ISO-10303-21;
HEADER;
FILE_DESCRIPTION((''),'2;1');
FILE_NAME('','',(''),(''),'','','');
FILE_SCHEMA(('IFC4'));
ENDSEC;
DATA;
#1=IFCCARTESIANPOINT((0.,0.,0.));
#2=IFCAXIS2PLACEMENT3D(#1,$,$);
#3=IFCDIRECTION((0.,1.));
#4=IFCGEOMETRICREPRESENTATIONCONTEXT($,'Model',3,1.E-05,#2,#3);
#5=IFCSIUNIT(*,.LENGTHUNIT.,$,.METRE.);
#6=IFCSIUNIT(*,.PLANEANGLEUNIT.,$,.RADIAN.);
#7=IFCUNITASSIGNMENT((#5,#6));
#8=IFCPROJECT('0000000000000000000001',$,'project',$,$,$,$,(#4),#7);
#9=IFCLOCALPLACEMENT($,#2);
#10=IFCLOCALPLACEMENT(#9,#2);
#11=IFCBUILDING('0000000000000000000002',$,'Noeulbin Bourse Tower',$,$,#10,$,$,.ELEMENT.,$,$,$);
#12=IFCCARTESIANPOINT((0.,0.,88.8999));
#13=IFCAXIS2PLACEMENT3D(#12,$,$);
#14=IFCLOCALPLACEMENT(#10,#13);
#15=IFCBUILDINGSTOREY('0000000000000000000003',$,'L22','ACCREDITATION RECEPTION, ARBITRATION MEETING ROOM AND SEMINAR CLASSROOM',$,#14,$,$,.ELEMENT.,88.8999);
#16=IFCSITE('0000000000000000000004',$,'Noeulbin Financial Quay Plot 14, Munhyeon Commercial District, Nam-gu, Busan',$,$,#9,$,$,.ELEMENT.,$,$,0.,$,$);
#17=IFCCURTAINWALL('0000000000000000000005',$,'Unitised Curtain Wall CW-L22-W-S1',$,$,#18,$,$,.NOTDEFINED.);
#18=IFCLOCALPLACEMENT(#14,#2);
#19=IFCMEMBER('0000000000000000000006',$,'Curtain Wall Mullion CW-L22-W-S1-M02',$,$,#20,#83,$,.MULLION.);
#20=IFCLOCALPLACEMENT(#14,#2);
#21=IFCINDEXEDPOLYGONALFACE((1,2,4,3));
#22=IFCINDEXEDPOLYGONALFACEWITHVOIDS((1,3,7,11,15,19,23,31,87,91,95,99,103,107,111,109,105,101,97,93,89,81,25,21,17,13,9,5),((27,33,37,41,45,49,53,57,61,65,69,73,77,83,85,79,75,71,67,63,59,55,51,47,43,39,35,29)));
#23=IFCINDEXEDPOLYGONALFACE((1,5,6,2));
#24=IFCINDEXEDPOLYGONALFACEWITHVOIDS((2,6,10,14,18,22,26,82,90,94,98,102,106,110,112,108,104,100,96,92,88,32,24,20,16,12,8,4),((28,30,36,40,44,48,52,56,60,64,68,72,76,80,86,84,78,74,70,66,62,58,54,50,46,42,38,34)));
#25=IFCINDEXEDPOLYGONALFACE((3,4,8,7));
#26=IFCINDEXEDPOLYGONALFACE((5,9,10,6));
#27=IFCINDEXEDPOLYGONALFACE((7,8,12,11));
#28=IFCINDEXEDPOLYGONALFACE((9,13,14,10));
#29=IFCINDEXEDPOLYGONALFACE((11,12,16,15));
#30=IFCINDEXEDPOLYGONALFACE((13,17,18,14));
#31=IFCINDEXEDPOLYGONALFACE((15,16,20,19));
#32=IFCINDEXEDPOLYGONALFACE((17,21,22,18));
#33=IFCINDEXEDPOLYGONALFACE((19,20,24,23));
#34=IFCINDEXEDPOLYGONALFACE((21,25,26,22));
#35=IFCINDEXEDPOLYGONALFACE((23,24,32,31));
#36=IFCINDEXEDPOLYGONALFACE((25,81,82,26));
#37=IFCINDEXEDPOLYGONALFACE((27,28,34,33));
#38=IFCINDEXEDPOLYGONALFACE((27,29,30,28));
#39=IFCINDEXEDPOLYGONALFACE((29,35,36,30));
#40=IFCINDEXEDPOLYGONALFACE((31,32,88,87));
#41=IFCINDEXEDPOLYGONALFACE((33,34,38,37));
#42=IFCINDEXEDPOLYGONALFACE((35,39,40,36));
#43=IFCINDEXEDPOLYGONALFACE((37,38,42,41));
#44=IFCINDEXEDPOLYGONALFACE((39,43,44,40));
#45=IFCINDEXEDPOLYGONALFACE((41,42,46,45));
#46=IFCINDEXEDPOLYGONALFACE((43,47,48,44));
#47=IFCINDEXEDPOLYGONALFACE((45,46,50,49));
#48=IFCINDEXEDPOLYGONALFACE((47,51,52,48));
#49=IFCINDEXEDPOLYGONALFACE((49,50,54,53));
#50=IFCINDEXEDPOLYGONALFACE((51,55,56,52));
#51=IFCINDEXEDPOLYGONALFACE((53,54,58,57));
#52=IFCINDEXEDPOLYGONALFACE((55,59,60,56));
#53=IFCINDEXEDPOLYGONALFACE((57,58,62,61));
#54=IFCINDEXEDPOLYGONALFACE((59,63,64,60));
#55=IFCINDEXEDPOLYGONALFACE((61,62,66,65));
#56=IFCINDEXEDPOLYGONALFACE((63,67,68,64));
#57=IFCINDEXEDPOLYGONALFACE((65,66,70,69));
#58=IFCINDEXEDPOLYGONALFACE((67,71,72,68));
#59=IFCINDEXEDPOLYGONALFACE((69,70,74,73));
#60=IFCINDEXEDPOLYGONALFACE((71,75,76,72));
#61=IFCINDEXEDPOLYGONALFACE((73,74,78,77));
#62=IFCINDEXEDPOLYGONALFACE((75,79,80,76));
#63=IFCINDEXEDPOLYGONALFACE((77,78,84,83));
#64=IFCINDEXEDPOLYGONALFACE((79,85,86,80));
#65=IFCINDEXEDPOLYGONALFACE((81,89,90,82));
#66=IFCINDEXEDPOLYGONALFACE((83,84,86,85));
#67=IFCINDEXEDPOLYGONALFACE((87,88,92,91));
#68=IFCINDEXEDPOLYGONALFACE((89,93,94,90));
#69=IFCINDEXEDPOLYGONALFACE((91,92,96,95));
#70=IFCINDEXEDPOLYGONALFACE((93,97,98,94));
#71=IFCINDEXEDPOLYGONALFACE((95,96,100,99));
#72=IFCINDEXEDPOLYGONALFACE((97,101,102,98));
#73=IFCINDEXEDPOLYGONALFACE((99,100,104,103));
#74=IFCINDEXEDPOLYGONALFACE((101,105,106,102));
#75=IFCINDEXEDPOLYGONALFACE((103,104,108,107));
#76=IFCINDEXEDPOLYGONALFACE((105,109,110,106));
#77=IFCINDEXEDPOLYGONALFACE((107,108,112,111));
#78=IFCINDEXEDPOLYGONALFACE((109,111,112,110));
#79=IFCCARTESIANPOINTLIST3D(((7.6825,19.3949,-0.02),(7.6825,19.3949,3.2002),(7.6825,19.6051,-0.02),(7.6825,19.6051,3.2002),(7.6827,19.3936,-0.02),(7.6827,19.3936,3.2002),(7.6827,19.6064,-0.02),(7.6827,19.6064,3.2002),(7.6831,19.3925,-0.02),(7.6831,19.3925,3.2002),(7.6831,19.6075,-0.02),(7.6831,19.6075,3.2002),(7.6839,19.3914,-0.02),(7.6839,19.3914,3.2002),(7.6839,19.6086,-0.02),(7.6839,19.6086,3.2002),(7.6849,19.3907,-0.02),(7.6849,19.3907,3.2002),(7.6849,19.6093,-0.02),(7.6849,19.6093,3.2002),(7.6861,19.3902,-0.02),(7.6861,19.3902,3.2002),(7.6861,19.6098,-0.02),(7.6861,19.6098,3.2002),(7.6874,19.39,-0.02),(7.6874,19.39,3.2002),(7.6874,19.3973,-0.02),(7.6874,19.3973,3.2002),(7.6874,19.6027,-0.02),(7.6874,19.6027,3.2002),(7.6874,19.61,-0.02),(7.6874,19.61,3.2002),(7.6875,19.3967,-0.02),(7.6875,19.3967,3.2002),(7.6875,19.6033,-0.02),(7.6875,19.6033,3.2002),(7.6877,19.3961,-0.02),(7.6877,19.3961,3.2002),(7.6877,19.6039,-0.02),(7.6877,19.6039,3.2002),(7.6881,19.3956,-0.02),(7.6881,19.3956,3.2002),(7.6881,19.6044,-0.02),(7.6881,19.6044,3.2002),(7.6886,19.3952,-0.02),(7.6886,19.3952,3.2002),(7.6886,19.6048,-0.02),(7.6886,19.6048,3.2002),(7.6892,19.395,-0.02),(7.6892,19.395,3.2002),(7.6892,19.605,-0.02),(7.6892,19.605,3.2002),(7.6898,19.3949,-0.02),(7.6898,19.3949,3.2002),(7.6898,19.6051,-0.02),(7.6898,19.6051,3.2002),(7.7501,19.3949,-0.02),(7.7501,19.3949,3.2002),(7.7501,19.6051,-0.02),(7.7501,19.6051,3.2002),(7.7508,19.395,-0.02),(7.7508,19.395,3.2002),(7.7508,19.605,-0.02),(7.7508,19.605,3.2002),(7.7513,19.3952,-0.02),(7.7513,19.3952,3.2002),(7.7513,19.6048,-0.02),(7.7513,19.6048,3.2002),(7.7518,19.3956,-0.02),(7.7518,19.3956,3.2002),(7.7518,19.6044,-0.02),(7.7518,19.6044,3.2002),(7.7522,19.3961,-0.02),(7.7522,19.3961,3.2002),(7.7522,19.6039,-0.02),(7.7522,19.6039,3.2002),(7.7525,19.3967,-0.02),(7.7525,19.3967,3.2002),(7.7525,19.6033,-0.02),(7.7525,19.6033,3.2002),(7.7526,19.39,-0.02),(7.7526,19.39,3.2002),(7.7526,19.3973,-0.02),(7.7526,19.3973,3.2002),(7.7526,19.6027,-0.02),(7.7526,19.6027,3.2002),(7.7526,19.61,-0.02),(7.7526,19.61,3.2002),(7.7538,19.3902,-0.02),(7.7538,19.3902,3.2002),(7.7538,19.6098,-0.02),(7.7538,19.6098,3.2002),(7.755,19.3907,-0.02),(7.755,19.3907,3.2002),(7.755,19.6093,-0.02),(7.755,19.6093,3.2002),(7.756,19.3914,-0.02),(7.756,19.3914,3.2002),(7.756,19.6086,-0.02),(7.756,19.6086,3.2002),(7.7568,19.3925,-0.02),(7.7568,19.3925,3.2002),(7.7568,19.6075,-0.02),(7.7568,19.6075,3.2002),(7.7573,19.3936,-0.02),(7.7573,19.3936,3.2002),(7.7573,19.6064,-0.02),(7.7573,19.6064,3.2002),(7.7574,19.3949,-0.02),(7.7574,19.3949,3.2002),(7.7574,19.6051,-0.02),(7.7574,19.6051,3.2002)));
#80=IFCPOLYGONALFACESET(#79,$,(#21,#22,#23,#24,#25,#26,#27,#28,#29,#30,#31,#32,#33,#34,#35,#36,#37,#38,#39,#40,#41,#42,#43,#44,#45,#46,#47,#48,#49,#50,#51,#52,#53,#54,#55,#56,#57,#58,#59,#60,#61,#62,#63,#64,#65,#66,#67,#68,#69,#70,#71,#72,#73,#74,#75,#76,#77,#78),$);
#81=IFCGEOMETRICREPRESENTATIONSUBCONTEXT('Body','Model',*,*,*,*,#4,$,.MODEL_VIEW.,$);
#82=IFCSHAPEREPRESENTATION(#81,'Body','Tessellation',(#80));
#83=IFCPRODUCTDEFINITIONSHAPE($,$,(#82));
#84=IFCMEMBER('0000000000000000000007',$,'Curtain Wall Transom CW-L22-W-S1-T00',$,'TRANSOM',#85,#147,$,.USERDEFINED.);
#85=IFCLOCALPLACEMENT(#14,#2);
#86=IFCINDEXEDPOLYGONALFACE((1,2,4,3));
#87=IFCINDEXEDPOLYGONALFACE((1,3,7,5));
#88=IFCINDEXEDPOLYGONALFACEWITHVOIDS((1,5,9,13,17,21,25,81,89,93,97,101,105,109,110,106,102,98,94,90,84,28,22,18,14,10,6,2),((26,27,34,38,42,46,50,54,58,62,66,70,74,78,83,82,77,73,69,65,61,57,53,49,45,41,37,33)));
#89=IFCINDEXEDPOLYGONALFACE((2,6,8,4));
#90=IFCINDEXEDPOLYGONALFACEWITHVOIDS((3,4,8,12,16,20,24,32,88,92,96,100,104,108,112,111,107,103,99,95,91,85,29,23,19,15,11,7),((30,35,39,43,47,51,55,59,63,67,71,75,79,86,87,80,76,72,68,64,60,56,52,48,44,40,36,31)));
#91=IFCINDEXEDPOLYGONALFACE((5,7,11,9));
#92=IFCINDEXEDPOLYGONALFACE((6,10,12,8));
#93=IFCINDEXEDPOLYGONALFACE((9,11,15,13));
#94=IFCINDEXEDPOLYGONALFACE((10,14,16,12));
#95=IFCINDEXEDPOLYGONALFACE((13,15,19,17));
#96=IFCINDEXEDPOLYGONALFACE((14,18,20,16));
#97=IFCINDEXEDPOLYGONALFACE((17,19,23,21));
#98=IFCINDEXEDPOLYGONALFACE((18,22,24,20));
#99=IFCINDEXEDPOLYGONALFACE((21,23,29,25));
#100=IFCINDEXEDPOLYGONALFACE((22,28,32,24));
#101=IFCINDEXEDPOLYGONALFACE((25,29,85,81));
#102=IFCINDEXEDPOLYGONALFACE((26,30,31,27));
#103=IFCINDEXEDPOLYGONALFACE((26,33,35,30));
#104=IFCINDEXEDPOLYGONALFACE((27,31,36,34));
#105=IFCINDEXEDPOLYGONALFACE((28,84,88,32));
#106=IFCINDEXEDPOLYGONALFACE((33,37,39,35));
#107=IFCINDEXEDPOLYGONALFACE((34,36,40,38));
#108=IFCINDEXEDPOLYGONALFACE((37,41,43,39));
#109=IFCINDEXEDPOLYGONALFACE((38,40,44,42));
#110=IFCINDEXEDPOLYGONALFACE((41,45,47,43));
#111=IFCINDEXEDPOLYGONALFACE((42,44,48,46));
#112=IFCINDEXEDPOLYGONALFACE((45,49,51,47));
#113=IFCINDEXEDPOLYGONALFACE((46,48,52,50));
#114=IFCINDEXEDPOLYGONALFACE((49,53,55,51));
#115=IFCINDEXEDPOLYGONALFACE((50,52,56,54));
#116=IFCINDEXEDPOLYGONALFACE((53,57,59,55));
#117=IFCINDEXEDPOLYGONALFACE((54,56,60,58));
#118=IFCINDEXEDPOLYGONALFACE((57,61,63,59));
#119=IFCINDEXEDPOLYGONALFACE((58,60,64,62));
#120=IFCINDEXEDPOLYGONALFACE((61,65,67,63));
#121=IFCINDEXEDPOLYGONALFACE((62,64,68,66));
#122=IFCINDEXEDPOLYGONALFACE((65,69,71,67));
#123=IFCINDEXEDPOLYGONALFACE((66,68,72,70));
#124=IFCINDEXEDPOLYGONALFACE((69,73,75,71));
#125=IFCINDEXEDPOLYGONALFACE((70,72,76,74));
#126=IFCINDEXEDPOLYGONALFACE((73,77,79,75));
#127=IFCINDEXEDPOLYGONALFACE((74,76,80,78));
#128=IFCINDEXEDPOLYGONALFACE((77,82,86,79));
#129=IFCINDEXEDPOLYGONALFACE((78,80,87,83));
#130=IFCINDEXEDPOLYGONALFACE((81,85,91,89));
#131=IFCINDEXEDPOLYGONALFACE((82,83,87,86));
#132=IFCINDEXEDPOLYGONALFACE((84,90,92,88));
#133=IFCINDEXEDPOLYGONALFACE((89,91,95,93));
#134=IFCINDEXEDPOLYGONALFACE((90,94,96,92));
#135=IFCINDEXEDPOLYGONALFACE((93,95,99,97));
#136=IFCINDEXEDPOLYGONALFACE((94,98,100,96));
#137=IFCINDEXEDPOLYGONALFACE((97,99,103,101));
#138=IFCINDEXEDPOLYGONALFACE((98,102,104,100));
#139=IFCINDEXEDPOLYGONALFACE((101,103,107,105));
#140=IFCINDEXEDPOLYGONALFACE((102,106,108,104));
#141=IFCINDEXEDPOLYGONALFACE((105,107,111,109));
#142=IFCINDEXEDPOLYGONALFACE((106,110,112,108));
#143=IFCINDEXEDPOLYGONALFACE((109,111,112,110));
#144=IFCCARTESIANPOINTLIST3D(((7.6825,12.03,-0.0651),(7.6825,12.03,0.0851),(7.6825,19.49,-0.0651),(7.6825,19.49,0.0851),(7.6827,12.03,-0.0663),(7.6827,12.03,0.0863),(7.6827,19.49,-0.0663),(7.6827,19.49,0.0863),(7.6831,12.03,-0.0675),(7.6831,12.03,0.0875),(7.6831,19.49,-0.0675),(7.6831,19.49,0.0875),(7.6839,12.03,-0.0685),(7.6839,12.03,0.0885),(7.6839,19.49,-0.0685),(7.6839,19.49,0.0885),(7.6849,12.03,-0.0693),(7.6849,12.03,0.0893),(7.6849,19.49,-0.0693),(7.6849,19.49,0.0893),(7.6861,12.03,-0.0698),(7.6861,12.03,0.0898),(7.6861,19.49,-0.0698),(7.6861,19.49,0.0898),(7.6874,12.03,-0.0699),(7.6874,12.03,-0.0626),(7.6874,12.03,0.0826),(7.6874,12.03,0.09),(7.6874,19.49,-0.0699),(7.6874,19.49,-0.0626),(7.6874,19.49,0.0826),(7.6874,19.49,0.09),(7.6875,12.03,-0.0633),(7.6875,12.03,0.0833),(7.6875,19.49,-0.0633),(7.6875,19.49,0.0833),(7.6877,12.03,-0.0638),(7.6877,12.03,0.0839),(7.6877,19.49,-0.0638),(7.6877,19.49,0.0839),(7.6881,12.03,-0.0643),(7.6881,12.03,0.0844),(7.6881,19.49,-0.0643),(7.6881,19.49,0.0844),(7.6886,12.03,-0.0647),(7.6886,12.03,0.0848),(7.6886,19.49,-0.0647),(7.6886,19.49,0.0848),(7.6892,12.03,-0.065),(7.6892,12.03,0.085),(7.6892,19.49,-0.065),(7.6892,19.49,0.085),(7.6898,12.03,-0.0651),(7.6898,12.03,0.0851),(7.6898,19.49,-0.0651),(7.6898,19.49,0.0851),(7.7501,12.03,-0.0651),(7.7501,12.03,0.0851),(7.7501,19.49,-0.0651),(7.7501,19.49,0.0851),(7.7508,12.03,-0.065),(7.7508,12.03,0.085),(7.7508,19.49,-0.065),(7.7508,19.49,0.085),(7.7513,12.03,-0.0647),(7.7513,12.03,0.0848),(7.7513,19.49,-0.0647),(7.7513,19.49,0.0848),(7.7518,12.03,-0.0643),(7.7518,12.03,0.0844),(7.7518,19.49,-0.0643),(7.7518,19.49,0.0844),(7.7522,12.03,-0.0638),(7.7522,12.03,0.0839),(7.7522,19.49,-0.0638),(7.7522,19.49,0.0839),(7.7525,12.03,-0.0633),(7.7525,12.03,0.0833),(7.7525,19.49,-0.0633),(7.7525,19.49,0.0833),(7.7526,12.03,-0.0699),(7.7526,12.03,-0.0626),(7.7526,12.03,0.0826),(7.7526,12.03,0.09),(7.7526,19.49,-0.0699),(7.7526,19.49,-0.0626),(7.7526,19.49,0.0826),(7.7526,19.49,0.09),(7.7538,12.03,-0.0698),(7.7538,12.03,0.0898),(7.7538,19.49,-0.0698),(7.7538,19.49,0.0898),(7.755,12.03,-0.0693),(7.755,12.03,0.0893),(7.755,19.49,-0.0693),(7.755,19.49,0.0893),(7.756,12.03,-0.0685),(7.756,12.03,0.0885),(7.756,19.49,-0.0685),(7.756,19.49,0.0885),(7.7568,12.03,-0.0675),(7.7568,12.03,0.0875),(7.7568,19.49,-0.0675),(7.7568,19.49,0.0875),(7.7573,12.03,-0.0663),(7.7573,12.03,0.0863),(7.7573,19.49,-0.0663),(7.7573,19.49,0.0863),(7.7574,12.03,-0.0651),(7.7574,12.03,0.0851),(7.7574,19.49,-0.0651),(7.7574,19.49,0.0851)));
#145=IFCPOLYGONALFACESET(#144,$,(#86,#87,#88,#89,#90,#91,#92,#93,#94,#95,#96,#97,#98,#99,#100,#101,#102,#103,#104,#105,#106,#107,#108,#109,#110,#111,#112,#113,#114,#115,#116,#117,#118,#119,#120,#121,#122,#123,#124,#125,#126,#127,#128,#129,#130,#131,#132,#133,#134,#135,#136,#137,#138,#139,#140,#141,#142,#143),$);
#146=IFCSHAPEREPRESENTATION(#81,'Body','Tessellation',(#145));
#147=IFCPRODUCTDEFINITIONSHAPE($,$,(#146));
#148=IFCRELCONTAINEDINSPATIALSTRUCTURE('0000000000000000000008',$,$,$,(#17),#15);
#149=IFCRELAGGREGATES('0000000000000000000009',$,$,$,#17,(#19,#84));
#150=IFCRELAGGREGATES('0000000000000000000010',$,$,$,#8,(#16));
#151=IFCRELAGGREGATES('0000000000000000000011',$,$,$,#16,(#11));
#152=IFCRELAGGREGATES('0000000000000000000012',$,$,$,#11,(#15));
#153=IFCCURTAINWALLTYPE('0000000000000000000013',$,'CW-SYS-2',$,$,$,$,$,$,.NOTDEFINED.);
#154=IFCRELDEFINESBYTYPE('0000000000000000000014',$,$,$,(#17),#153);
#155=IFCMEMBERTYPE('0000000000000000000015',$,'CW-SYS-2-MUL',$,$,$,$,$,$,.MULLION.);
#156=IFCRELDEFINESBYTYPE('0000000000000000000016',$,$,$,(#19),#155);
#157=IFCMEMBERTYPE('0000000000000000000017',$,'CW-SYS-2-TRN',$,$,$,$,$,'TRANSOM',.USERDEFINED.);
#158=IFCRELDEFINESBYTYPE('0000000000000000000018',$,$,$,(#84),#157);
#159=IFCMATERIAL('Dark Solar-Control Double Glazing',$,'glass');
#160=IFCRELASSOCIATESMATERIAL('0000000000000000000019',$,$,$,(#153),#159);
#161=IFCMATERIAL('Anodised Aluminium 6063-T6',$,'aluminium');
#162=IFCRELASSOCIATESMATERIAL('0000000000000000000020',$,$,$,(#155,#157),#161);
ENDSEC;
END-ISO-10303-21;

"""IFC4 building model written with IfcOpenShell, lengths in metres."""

from ifc_helpers import new_model, si_unit, direction, frame, origin, origin_2d, place, context, subcontext, project, spatial, hollow_rectangle, extrude, material, material_profile, profile_set, type_object, element, aggregate, save


model = new_model("IFC4")

# Units and contexts
model_context = context("Model", 3, precision=1e-05, world=origin(), true_north=direction((0.0, 1.0)))
body_context = subcontext(model_context, "Body", "Model", "MODEL_VIEW")
ifc_project = project(units=[si_unit("LENGTHUNIT", "METRE"), si_unit("PLANEANGLEUNIT", "RADIAN")], contexts=[model_context])

# Site, building, storey
site_placement = place(None, origin())
site = spatial("IfcSite", under=ifc_project, at=site_placement, Name="Noeulbin Financial Quay Plot 14, Munhyeon Commercial District, Nam-gu, Busan", CompositionType="ELEMENT", RefElevation=0.0)
building_placement = place(site_placement, origin())
building = spatial("IfcBuilding", under=site, at=building_placement, Name="Noeulbin Bourse Tower", CompositionType="ELEMENT")
storey_placement = place(building_placement, frame((0.0, 0.0, 88.8999)))
storey = spatial("IfcBuildingStorey", under=building, at=storey_placement, Name="L22", Description="ACCREDITATION RECEPTION, ARBITRATION MEETING ROOM AND SEMINAR CLASSROOM", CompositionType="ELEMENT", Elevation=88.8999)

# Curtain wall, members
ifc_material_1 = material(Name="Dark Solar-Control Double Glazing", Category="glass")
curtain_wall_type = type_object("IfcCurtainWallType", Name="CW-SYS-2", PredefinedType="NOTDEFINED", material=ifc_material_1)
curtain_wall_placement = place(storey_placement, origin())
curtain_wall = element("IfcCurtainWall", 1, at=curtain_wall_placement, inside=storey, type_object=curtain_wall_type, Name="Unitised Curtain Wall CW-L22-W-S1", PredefinedType="NOTDEFINED")
ifc_material_2 = material(Name="Anodised Aluminium 6063-T6", Category="aluminium")
ifc_material_profile_1 = material_profile(ifc_material_2, hollow_rectangle(XDim=0.075, YDim=0.22, WallThickness=0.0049, InnerFilletRadius=0.0024, OuterFilletRadius=0.0049, at=origin_2d()), Name="ALU-MULL-75x220x5", Category="LoadBearing")
ifc_profile_set_1 = profile_set([ifc_material_profile_1], Name="Anodised Aluminium 6063-T6")
member_type_1 = type_object("IfcMemberType", Name="CW-SYS-2-MUL", PredefinedType="MULLION", material=ifc_profile_set_1)
member_1_placement = place(storey_placement, frame((7.72, 19.5, -0.02), z_axis=(0.0, 0.0, 1.0), x_axis=(1.0, 0.0, 0.0)))
member_1 = element("IfcMember", 2, at=member_1_placement, type_object=member_type_1, Name="Curtain Wall Mullion CW-L22-W-S1-M02", PredefinedType="MULLION", context=body_context, shape_type="SweptSolid", body=[
    extrude(hollow_rectangle(XDim=0.075, YDim=0.22, WallThickness=0.0049, InnerFilletRadius=0.0024, OuterFilletRadius=0.0049, at=origin_2d()), origin(), (0.0, 0.0, 1.0), 3.2202),
])
ifc_material_profile_2 = material_profile(ifc_material_2, hollow_rectangle(XDim=0.075, YDim=0.1599, WallThickness=0.0049, InnerFilletRadius=0.0024, OuterFilletRadius=0.0049, at=origin_2d()), Name="ALU-TRAN-75x160x5", Category="LoadBearing")
ifc_profile_set_2 = profile_set([ifc_material_profile_2], Name="Anodised Aluminium 6063-T6")
member_type_2 = type_object("IfcMemberType", Name="CW-SYS-2-TRN", ElementType="TRANSOM", PredefinedType="USERDEFINED", material=ifc_profile_set_2)
member_2_placement = place(storey_placement, frame((7.72, 12.03, 0.01), z_axis=(0.0, 1.0, 0.0), x_axis=(-1.0, 0.0, 0.0)))
member_2 = element("IfcMember", 3, at=member_2_placement, type_object=member_type_2, Name="Curtain Wall Transom CW-L22-W-S1-T00", ObjectType="TRANSOM", PredefinedType="USERDEFINED", context=body_context, shape_type="SweptSolid", body=[
    extrude(hollow_rectangle(XDim=0.075, YDim=0.1599, WallThickness=0.0049, InnerFilletRadius=0.0024, OuterFilletRadius=0.0049, at=origin_2d()), origin(), (0.0, 0.0, 1.0), 7.46),
])
aggregate(curtain_wall, [member_1, member_2])

save(model, "model.ifc")
